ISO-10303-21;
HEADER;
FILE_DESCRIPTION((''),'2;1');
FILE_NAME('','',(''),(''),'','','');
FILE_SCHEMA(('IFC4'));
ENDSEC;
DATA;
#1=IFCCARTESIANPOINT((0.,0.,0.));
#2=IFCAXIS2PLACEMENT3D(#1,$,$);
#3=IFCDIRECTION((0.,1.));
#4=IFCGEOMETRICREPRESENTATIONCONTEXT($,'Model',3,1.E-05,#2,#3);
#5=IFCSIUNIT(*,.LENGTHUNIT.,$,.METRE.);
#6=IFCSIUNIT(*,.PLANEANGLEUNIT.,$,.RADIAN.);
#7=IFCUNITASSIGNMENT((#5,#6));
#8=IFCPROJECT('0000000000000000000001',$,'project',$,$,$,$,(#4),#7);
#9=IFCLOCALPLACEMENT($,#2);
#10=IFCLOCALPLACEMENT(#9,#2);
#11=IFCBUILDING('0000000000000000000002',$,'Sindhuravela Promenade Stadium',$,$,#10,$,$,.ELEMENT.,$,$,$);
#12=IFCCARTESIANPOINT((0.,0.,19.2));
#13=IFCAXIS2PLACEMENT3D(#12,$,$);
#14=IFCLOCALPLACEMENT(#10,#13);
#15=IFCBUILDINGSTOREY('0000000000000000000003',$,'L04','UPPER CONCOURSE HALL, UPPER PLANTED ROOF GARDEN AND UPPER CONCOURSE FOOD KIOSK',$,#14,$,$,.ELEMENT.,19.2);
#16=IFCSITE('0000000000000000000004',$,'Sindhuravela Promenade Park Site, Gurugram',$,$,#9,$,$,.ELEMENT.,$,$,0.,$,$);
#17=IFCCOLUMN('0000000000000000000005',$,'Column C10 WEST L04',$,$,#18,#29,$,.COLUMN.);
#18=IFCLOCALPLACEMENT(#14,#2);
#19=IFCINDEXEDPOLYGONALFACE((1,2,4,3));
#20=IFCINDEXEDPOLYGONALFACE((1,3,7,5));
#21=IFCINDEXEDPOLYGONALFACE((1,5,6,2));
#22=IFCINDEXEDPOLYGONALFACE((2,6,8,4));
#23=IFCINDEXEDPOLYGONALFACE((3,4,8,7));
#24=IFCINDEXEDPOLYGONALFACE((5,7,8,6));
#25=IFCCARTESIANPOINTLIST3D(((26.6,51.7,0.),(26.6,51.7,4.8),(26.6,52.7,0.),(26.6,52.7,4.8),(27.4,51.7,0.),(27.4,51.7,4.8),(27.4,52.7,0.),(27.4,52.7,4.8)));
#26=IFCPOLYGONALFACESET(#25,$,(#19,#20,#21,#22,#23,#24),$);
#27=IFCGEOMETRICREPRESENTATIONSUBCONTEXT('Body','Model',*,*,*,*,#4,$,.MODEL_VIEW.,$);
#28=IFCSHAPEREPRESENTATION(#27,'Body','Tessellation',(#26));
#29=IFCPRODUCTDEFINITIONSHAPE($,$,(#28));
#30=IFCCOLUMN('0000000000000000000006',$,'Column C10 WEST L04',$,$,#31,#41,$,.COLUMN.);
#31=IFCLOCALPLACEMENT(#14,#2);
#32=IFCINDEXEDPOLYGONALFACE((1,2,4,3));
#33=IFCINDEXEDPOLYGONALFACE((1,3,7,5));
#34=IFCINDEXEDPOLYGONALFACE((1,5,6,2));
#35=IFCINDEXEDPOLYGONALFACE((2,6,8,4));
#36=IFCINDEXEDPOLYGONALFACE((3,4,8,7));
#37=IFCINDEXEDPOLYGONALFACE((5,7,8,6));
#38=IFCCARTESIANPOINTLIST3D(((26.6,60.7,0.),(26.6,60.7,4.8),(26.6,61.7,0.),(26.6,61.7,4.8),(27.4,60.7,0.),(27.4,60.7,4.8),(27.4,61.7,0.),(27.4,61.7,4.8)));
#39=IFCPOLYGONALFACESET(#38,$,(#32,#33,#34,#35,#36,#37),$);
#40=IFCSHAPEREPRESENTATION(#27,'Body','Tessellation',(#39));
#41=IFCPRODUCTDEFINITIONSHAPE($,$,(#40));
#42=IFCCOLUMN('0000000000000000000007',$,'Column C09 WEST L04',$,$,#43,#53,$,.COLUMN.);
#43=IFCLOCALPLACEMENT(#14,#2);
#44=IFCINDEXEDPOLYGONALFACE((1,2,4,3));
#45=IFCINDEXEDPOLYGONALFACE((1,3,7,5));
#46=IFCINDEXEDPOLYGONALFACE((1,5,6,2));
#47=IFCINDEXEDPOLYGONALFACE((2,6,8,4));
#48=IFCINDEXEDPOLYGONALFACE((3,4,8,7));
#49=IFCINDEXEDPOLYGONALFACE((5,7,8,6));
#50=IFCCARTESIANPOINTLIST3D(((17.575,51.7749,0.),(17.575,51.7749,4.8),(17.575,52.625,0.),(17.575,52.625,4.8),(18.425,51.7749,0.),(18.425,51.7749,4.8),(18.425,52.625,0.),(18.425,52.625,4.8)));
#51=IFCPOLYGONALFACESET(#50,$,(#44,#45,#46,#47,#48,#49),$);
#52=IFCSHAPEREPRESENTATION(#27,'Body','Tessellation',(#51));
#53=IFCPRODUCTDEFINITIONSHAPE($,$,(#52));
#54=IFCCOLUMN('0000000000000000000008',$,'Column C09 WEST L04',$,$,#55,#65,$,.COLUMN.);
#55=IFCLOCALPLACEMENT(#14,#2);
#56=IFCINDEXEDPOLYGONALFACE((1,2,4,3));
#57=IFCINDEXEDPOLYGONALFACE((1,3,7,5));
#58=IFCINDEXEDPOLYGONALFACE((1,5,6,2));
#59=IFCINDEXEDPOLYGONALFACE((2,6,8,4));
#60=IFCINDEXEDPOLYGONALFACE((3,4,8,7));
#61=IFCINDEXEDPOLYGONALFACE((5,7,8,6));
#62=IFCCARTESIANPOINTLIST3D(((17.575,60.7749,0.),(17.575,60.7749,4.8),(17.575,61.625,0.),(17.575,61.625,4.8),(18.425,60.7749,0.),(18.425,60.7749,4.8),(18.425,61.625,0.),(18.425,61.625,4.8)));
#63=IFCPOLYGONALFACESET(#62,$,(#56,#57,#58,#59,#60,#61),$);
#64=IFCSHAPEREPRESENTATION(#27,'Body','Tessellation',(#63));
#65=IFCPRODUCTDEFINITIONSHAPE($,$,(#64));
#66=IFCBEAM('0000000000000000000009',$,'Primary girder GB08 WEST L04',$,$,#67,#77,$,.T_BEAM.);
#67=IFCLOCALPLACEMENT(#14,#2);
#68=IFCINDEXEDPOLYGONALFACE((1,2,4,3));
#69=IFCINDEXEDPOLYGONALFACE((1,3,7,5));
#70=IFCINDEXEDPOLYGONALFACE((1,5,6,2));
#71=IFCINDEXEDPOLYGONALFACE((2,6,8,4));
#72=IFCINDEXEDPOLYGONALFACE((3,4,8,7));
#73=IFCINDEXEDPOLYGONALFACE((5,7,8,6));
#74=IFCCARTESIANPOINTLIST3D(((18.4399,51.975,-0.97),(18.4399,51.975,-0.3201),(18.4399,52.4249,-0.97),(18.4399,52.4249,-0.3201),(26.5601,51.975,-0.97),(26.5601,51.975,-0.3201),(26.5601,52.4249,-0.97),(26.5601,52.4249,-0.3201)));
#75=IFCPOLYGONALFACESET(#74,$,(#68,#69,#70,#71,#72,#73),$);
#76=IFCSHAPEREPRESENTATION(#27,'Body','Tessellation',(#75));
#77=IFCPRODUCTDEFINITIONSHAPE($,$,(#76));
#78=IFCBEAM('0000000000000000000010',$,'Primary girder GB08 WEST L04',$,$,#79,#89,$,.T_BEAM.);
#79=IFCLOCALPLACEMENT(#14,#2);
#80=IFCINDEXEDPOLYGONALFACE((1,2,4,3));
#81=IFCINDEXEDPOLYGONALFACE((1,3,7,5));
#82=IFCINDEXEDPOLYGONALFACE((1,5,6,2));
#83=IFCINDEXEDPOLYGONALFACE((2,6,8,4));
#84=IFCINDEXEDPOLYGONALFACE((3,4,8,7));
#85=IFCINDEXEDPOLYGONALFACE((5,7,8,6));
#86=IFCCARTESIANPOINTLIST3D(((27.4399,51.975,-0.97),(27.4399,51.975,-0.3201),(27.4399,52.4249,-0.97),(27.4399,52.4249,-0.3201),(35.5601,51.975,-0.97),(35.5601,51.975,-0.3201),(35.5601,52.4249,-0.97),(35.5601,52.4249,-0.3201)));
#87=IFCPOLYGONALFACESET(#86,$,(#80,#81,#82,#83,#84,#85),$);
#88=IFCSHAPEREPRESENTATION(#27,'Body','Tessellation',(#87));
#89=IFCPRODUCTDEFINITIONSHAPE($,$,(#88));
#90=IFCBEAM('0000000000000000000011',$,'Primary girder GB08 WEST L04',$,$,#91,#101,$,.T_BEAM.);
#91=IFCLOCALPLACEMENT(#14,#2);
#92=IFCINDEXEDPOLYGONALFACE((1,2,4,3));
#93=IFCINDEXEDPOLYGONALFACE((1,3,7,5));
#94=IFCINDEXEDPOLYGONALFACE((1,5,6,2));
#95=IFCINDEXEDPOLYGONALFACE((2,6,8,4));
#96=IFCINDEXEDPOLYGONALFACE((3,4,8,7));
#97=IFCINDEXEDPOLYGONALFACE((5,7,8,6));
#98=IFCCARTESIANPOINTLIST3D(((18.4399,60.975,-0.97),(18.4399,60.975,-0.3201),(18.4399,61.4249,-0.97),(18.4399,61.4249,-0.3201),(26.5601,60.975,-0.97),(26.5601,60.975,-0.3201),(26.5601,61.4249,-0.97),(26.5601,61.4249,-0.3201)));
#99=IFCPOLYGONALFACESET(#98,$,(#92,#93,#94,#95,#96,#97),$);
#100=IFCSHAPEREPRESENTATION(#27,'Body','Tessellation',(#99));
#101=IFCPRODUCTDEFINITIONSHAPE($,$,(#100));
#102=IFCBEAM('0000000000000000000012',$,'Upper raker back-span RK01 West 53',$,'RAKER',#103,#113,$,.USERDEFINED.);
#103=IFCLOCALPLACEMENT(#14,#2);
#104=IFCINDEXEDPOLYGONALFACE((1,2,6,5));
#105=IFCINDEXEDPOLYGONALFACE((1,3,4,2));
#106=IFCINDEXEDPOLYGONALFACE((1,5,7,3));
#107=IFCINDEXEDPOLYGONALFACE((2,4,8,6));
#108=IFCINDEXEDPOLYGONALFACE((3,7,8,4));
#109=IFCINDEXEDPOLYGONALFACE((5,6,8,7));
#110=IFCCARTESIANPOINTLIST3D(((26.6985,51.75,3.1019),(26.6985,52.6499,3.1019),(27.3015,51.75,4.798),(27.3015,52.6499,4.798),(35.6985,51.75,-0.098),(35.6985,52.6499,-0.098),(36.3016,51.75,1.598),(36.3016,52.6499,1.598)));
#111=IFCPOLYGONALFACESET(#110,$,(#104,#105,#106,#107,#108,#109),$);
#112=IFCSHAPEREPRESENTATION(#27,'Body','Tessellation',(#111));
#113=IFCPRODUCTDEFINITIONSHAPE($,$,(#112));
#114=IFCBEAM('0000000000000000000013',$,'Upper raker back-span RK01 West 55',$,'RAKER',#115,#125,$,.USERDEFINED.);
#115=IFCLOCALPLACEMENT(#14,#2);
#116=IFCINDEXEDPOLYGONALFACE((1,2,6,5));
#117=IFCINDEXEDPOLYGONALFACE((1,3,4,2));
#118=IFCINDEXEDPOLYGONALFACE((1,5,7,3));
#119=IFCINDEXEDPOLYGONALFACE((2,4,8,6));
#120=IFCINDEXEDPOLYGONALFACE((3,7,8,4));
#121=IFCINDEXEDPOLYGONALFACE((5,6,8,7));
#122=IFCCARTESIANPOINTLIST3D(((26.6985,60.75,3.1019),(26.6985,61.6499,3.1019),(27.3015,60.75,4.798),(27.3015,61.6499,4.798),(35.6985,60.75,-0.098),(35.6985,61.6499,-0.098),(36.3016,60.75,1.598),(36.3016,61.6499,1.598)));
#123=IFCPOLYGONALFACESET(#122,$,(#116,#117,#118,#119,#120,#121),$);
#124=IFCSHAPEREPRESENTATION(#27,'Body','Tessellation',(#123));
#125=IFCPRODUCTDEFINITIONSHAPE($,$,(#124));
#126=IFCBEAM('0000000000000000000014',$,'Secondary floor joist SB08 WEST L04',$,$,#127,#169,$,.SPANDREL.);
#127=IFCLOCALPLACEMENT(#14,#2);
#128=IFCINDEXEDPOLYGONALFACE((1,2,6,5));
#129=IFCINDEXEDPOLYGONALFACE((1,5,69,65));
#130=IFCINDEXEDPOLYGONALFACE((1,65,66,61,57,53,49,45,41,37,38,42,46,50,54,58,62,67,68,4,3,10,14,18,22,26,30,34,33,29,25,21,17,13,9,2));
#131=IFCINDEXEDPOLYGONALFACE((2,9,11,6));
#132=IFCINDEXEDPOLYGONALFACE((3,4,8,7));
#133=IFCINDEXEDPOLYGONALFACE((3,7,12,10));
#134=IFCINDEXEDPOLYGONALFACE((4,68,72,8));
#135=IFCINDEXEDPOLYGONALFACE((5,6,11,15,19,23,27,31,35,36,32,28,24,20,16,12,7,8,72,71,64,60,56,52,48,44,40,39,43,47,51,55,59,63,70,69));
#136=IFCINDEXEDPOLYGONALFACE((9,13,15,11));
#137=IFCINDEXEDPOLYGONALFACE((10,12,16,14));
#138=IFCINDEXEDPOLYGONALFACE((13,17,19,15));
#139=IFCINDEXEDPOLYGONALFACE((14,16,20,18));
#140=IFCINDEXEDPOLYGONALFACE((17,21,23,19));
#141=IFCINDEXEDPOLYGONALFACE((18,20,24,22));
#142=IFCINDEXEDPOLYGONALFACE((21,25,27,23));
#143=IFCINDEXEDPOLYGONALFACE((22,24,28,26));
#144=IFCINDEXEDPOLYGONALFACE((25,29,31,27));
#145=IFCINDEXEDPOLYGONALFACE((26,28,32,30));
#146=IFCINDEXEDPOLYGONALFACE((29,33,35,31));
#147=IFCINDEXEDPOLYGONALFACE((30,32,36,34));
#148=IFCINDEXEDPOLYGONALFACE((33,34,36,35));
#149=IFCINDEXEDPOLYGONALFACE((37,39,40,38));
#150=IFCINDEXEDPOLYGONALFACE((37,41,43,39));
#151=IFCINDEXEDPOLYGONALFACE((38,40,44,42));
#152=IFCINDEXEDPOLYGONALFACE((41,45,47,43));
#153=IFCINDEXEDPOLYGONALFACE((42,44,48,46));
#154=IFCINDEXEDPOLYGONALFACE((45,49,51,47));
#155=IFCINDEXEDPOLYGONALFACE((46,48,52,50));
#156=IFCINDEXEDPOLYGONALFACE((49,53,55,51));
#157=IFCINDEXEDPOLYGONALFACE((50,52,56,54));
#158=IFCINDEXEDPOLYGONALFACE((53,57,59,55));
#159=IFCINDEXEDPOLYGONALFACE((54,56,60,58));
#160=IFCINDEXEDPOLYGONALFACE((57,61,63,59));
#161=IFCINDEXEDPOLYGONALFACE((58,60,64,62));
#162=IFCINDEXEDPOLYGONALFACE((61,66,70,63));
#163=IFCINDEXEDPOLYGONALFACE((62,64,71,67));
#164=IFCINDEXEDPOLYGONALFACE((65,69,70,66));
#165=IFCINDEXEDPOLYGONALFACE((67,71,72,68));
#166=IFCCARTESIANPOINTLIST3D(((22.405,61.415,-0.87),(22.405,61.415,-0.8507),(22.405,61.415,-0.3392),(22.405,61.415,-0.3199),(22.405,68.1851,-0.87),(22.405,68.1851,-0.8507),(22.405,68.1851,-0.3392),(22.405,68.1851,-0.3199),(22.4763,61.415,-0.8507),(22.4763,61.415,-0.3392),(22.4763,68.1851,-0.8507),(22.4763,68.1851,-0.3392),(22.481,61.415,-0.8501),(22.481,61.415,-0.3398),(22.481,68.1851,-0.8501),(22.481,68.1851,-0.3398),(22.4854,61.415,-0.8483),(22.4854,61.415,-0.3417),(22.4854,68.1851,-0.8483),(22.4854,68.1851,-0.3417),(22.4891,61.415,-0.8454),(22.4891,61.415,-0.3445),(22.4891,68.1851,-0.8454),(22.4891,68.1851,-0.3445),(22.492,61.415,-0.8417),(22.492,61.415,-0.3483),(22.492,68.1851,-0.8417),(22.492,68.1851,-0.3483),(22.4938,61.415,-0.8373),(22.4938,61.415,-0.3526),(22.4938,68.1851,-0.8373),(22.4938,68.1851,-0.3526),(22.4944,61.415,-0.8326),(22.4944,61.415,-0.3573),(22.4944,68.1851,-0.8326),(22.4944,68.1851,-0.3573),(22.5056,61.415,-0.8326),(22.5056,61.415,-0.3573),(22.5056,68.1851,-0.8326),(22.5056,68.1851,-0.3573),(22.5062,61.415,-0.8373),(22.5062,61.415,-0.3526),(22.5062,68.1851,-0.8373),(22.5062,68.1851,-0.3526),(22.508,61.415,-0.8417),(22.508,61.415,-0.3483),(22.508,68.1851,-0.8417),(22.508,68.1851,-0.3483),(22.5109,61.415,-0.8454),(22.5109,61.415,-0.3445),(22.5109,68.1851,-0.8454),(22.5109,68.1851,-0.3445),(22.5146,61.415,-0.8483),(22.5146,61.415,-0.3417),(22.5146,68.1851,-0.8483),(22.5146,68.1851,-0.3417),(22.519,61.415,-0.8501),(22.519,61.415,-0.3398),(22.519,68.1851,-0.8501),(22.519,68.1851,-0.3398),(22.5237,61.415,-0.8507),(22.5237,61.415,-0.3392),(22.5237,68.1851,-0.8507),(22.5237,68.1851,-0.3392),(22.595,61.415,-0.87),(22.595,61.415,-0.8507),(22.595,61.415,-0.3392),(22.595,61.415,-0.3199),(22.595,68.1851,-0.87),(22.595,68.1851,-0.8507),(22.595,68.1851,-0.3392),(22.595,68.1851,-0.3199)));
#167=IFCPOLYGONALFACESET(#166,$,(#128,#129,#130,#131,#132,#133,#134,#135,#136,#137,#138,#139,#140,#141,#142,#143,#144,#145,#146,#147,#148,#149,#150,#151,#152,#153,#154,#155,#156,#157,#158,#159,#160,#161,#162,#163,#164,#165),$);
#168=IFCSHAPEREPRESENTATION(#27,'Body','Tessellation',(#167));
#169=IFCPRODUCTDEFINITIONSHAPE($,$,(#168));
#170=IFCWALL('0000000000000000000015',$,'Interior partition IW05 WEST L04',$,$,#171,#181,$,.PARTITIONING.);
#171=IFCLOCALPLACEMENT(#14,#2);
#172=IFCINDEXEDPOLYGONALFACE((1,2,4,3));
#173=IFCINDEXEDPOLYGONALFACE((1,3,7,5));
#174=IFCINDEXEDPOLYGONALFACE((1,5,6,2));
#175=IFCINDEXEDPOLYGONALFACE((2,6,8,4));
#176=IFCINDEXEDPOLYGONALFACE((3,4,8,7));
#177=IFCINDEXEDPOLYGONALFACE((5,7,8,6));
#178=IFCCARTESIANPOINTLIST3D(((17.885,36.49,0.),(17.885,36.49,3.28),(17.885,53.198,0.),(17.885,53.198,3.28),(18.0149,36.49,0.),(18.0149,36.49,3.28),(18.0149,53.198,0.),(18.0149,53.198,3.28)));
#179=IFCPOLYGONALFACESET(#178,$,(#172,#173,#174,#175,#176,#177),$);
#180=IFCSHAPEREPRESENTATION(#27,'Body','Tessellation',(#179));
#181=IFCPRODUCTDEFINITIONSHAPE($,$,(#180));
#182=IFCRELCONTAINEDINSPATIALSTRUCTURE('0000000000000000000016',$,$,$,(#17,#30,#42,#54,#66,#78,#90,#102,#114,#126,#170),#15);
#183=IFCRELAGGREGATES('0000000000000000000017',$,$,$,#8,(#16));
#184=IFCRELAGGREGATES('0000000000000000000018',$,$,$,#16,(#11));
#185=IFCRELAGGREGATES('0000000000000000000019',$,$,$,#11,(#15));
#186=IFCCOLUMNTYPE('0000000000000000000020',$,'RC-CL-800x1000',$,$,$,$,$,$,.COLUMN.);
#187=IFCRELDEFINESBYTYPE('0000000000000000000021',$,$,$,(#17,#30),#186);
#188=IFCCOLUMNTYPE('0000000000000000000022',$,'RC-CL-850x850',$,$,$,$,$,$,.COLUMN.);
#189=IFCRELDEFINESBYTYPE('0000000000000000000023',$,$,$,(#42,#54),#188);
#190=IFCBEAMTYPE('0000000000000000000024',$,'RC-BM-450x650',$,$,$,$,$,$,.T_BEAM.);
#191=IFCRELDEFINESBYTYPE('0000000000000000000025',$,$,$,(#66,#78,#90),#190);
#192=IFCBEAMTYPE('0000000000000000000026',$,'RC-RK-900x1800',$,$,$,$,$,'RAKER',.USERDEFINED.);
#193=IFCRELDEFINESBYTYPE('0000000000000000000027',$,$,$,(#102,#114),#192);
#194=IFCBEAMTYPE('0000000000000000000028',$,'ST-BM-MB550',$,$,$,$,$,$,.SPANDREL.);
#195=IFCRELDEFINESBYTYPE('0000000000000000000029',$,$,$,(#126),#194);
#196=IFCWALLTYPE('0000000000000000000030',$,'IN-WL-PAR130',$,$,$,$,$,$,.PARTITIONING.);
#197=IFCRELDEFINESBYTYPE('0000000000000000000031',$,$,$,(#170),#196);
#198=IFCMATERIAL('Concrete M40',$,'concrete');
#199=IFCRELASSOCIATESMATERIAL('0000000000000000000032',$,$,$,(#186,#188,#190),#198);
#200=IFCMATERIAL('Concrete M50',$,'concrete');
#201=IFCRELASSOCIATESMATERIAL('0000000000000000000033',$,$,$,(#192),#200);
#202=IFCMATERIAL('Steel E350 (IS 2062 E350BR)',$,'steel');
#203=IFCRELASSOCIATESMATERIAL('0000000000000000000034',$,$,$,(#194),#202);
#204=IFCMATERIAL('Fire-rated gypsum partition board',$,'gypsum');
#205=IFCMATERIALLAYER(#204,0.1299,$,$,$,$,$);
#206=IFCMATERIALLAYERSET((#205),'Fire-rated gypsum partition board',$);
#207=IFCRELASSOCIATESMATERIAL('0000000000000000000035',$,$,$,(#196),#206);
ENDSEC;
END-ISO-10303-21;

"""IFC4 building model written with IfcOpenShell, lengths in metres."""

from ifc_helpers import new_model, si_unit, direction, frame, frame_2d, origin, origin_2d, place, context, subcontext, project, spatial, rectangle, i_section, extrude, material, layer, layer_set, material_profile, profile_set, type_object, element, save


model = new_model("IFC4")

# Units and contexts
model_context = context("Model", 3, precision=1e-05, world=origin(), true_north=direction((0.0, 1.0)))
body_context = subcontext(model_context, "Body", "Model", "MODEL_VIEW")
ifc_project = project(units=[si_unit("LENGTHUNIT", "METRE"), si_unit("PLANEANGLEUNIT", "RADIAN")], contexts=[model_context])

# Site, building, storey
site_placement = place(None, origin())
site = spatial("IfcSite", under=ifc_project, at=site_placement, Name="Sindhuravela Promenade Park Site, Gurugram", CompositionType="ELEMENT", RefElevation=0.0)
building_placement = place(site_placement, origin())
building = spatial("IfcBuilding", under=site, at=building_placement, Name="Sindhuravela Promenade Stadium", CompositionType="ELEMENT")
storey_placement = place(building_placement, frame((0.0, 0.0, 19.2)))
storey = spatial("IfcBuildingStorey", under=building, at=storey_placement, Name="L04", Description="UPPER CONCOURSE HALL, UPPER PLANTED ROOF GARDEN AND UPPER CONCOURSE FOOD KIOSK", CompositionType="ELEMENT", Elevation=19.2)

# Columns
ifc_material_1 = material(Name="Concrete M40", Category="concrete")
ifc_material_profile_1 = material_profile(ifc_material_1, rectangle(XDim=0.8, YDim=1.0, at=origin_2d()), Name="RC 800x1000")
ifc_profile_set_1 = profile_set([ifc_material_profile_1], Name="Concrete M40")
column_type_1 = type_object("IfcColumnType", Name="RC-CL-800x1000", PredefinedType="COLUMN", material=ifc_profile_set_1)
for number, where, z_axis, x_axis, name in (
    (1, (27.0, 52.2, 0.0), (0.0, 0.0, 1.0), (1.0, 0.0, 0.0), "Column C10 WEST L04"),
    (2, (27.0, 61.2, 0.0), (0.0, 0.0, 1.0), (1.0, 0.0, 0.0), "Column C10 WEST L04"),
):
    element("IfcColumn", number, at=place(storey_placement, frame(where, z_axis=z_axis, x_axis=x_axis)), inside=storey, type_object=column_type_1, Name=name, PredefinedType="COLUMN", context=body_context, shape_type="SweptSolid", body=[
        extrude(rectangle(XDim=0.8, YDim=1.0, at=origin_2d()), origin(), (0.0, 0.0, 1.0), 4.8),
    ])
ifc_material_profile_2 = material_profile(ifc_material_1, rectangle(XDim=0.8501, YDim=0.8501, at=origin_2d()), Name="RC 850x850")
ifc_profile_set_2 = profile_set([ifc_material_profile_2], Name="Concrete M40")
column_type_2 = type_object("IfcColumnType", Name="RC-CL-850x850", PredefinedType="COLUMN", material=ifc_profile_set_2)
for number, where, z_axis, x_axis, name in (
    (3, (18.0, 52.2, 0.0), (0.0, 0.0, 1.0), (1.0, 0.0, 0.0), "Column C09 WEST L04"),
    (4, (18.0, 61.2, 0.0), (0.0, 0.0, 1.0), (1.0, 0.0, 0.0), "Column C09 WEST L04"),
):
    element("IfcColumn", number, at=place(storey_placement, frame(where, z_axis=z_axis, x_axis=x_axis)), inside=storey, type_object=column_type_2, Name=name, PredefinedType="COLUMN", context=body_context, shape_type="SweptSolid", body=[
        extrude(rectangle(XDim=0.8501, YDim=0.8501, at=origin_2d()), origin(), (0.0, 0.0, 1.0), 4.8),
    ])

# Beams
ifc_material_profile_3 = material_profile(ifc_material_1, rectangle(XDim=0.45, YDim=0.6499, at=origin_2d()), Name="RC 450x650")
ifc_profile_set_3 = profile_set([ifc_material_profile_3], Name="Concrete M40")
beam_type_1 = type_object("IfcBeamType", Name="RC-BM-450x650", PredefinedType="T_BEAM", material=ifc_profile_set_3)
for number, where, z_axis, x_axis, name in (
    (5, (18.4399, 52.2, -0.645), (1.0, 0.0, 0.0), (0.0, 1.0, 0.0), "Primary girder GB08 WEST L04"),
    (6, (27.4399, 52.2, -0.645), (1.0, 0.0, 0.0), (0.0, 1.0, 0.0), "Primary girder GB08 WEST L04"),
    (7, (18.4399, 61.2, -0.645), (1.0, 0.0, 0.0), (0.0, 1.0, 0.0), "Primary girder GB08 WEST L04"),
):
    element("IfcBeam", number, at=place(storey_placement, frame(where, z_axis=z_axis, x_axis=x_axis)), inside=storey, type_object=beam_type_1, Name=name, PredefinedType="T_BEAM", context=body_context, shape_type="SweptSolid", body=[
        extrude(rectangle(XDim=0.45, YDim=0.6499, at=origin_2d()), origin(), (0.0, 0.0, 1.0), 8.1201),
    ])
ifc_material_2 = material(Name="Concrete M50", Category="concrete")
ifc_material_profile_4 = material_profile(ifc_material_2, rectangle(XDim=0.8999, YDim=1.8, at=origin_2d()), Name="RC 900x1800")
ifc_profile_set_4 = profile_set([ifc_material_profile_4], Name="Concrete M50")
beam_type_2 = type_object("IfcBeamType", Name="RC-RK-900x1800", ElementType="RAKER", PredefinedType="USERDEFINED", material=ifc_profile_set_4)
for number, where, z_axis, x_axis, name in (
    (8, (27.0, 52.2, 3.95), (0.942216, 0.0, -0.335005), (0.0, 1.0, 0.0), "Upper raker back-span RK01 West 53"),
    (9, (27.0, 61.2, 3.95), (0.942216, 0.0, -0.335005), (0.0, 1.0, 0.0), "Upper raker back-span RK01 West 55"),
):
    element("IfcBeam", number, at=place(storey_placement, frame(where, z_axis=z_axis, x_axis=x_axis)), inside=storey, type_object=beam_type_2, Name=name, ObjectType="RAKER", PredefinedType="USERDEFINED", context=body_context, shape_type="SweptSolid", body=[
        extrude(rectangle(XDim=0.8999, YDim=1.8, at=origin_2d()), origin(), (0.0, 0.0, 1.0), 9.552),
    ])
ifc_material_3 = material(Name="Steel E350 (IS 2062 E350BR)", Category="steel")
ifc_material_profile_5 = material_profile(ifc_material_3, i_section(OverallWidth=0.1899, OverallDepth=0.55, WebThickness=0.0112, FlangeThickness=0.0193, FilletRadius=0.0181, at=origin_2d()), Name="ISMB 550")
ifc_profile_set_5 = profile_set([ifc_material_profile_5], Name="Steel E350 (IS 2062 E350BR)")
beam_type_3 = type_object("IfcBeamType", Name="ST-BM-MB550", PredefinedType="SPANDREL", material=ifc_profile_set_5)
beam_placement = place(storey_placement, frame((22.5, 61.415, -0.595), z_axis=(0.0, 1.0, 0.0), x_axis=(-1.0, 0.0, 0.0)))
element("IfcBeam", 10, at=beam_placement, inside=storey, type_object=beam_type_3, Name="Secondary floor joist SB08 WEST L04", PredefinedType="SPANDREL", context=body_context, shape_type="SweptSolid", body=[
    extrude(i_section(OverallWidth=0.1899, OverallDepth=0.55, WebThickness=0.0112, FlangeThickness=0.0193, FilletRadius=0.0181, at=origin_2d()), origin(), (0.0, 0.0, 1.0), 6.77),
])

# Wall
ifc_material_4 = material(Name="Fire-rated gypsum partition board", Category="gypsum")
ifc_layer_1 = layer(ifc_material_4, 0.1299)
ifc_layer_set_1 = layer_set([ifc_layer_1], Name="Fire-rated gypsum partition board")
wall_type_1 = type_object("IfcWallType", Name="IN-WL-PAR130", PredefinedType="PARTITIONING", material=ifc_layer_set_1)
wall_1_placement = place(storey_placement, frame((17.95, 53.198, 0.0), z_axis=(0.0, 0.0, 1.0), x_axis=(0.0, -1.0, 0.0)))
element("IfcWall", 11, at=wall_1_placement, inside=storey, type_object=wall_type_1, Name="Interior partition IW05 WEST L04", PredefinedType="PARTITIONING", context=body_context, shape_type="SweptSolid", body=[
    extrude(rectangle(XDim=16.708, YDim=0.1299, at=frame_2d((8.354, 0.0))), origin(), (0.0, 0.0, 1.0), 3.28),
])

save(model, "model.ifc")
